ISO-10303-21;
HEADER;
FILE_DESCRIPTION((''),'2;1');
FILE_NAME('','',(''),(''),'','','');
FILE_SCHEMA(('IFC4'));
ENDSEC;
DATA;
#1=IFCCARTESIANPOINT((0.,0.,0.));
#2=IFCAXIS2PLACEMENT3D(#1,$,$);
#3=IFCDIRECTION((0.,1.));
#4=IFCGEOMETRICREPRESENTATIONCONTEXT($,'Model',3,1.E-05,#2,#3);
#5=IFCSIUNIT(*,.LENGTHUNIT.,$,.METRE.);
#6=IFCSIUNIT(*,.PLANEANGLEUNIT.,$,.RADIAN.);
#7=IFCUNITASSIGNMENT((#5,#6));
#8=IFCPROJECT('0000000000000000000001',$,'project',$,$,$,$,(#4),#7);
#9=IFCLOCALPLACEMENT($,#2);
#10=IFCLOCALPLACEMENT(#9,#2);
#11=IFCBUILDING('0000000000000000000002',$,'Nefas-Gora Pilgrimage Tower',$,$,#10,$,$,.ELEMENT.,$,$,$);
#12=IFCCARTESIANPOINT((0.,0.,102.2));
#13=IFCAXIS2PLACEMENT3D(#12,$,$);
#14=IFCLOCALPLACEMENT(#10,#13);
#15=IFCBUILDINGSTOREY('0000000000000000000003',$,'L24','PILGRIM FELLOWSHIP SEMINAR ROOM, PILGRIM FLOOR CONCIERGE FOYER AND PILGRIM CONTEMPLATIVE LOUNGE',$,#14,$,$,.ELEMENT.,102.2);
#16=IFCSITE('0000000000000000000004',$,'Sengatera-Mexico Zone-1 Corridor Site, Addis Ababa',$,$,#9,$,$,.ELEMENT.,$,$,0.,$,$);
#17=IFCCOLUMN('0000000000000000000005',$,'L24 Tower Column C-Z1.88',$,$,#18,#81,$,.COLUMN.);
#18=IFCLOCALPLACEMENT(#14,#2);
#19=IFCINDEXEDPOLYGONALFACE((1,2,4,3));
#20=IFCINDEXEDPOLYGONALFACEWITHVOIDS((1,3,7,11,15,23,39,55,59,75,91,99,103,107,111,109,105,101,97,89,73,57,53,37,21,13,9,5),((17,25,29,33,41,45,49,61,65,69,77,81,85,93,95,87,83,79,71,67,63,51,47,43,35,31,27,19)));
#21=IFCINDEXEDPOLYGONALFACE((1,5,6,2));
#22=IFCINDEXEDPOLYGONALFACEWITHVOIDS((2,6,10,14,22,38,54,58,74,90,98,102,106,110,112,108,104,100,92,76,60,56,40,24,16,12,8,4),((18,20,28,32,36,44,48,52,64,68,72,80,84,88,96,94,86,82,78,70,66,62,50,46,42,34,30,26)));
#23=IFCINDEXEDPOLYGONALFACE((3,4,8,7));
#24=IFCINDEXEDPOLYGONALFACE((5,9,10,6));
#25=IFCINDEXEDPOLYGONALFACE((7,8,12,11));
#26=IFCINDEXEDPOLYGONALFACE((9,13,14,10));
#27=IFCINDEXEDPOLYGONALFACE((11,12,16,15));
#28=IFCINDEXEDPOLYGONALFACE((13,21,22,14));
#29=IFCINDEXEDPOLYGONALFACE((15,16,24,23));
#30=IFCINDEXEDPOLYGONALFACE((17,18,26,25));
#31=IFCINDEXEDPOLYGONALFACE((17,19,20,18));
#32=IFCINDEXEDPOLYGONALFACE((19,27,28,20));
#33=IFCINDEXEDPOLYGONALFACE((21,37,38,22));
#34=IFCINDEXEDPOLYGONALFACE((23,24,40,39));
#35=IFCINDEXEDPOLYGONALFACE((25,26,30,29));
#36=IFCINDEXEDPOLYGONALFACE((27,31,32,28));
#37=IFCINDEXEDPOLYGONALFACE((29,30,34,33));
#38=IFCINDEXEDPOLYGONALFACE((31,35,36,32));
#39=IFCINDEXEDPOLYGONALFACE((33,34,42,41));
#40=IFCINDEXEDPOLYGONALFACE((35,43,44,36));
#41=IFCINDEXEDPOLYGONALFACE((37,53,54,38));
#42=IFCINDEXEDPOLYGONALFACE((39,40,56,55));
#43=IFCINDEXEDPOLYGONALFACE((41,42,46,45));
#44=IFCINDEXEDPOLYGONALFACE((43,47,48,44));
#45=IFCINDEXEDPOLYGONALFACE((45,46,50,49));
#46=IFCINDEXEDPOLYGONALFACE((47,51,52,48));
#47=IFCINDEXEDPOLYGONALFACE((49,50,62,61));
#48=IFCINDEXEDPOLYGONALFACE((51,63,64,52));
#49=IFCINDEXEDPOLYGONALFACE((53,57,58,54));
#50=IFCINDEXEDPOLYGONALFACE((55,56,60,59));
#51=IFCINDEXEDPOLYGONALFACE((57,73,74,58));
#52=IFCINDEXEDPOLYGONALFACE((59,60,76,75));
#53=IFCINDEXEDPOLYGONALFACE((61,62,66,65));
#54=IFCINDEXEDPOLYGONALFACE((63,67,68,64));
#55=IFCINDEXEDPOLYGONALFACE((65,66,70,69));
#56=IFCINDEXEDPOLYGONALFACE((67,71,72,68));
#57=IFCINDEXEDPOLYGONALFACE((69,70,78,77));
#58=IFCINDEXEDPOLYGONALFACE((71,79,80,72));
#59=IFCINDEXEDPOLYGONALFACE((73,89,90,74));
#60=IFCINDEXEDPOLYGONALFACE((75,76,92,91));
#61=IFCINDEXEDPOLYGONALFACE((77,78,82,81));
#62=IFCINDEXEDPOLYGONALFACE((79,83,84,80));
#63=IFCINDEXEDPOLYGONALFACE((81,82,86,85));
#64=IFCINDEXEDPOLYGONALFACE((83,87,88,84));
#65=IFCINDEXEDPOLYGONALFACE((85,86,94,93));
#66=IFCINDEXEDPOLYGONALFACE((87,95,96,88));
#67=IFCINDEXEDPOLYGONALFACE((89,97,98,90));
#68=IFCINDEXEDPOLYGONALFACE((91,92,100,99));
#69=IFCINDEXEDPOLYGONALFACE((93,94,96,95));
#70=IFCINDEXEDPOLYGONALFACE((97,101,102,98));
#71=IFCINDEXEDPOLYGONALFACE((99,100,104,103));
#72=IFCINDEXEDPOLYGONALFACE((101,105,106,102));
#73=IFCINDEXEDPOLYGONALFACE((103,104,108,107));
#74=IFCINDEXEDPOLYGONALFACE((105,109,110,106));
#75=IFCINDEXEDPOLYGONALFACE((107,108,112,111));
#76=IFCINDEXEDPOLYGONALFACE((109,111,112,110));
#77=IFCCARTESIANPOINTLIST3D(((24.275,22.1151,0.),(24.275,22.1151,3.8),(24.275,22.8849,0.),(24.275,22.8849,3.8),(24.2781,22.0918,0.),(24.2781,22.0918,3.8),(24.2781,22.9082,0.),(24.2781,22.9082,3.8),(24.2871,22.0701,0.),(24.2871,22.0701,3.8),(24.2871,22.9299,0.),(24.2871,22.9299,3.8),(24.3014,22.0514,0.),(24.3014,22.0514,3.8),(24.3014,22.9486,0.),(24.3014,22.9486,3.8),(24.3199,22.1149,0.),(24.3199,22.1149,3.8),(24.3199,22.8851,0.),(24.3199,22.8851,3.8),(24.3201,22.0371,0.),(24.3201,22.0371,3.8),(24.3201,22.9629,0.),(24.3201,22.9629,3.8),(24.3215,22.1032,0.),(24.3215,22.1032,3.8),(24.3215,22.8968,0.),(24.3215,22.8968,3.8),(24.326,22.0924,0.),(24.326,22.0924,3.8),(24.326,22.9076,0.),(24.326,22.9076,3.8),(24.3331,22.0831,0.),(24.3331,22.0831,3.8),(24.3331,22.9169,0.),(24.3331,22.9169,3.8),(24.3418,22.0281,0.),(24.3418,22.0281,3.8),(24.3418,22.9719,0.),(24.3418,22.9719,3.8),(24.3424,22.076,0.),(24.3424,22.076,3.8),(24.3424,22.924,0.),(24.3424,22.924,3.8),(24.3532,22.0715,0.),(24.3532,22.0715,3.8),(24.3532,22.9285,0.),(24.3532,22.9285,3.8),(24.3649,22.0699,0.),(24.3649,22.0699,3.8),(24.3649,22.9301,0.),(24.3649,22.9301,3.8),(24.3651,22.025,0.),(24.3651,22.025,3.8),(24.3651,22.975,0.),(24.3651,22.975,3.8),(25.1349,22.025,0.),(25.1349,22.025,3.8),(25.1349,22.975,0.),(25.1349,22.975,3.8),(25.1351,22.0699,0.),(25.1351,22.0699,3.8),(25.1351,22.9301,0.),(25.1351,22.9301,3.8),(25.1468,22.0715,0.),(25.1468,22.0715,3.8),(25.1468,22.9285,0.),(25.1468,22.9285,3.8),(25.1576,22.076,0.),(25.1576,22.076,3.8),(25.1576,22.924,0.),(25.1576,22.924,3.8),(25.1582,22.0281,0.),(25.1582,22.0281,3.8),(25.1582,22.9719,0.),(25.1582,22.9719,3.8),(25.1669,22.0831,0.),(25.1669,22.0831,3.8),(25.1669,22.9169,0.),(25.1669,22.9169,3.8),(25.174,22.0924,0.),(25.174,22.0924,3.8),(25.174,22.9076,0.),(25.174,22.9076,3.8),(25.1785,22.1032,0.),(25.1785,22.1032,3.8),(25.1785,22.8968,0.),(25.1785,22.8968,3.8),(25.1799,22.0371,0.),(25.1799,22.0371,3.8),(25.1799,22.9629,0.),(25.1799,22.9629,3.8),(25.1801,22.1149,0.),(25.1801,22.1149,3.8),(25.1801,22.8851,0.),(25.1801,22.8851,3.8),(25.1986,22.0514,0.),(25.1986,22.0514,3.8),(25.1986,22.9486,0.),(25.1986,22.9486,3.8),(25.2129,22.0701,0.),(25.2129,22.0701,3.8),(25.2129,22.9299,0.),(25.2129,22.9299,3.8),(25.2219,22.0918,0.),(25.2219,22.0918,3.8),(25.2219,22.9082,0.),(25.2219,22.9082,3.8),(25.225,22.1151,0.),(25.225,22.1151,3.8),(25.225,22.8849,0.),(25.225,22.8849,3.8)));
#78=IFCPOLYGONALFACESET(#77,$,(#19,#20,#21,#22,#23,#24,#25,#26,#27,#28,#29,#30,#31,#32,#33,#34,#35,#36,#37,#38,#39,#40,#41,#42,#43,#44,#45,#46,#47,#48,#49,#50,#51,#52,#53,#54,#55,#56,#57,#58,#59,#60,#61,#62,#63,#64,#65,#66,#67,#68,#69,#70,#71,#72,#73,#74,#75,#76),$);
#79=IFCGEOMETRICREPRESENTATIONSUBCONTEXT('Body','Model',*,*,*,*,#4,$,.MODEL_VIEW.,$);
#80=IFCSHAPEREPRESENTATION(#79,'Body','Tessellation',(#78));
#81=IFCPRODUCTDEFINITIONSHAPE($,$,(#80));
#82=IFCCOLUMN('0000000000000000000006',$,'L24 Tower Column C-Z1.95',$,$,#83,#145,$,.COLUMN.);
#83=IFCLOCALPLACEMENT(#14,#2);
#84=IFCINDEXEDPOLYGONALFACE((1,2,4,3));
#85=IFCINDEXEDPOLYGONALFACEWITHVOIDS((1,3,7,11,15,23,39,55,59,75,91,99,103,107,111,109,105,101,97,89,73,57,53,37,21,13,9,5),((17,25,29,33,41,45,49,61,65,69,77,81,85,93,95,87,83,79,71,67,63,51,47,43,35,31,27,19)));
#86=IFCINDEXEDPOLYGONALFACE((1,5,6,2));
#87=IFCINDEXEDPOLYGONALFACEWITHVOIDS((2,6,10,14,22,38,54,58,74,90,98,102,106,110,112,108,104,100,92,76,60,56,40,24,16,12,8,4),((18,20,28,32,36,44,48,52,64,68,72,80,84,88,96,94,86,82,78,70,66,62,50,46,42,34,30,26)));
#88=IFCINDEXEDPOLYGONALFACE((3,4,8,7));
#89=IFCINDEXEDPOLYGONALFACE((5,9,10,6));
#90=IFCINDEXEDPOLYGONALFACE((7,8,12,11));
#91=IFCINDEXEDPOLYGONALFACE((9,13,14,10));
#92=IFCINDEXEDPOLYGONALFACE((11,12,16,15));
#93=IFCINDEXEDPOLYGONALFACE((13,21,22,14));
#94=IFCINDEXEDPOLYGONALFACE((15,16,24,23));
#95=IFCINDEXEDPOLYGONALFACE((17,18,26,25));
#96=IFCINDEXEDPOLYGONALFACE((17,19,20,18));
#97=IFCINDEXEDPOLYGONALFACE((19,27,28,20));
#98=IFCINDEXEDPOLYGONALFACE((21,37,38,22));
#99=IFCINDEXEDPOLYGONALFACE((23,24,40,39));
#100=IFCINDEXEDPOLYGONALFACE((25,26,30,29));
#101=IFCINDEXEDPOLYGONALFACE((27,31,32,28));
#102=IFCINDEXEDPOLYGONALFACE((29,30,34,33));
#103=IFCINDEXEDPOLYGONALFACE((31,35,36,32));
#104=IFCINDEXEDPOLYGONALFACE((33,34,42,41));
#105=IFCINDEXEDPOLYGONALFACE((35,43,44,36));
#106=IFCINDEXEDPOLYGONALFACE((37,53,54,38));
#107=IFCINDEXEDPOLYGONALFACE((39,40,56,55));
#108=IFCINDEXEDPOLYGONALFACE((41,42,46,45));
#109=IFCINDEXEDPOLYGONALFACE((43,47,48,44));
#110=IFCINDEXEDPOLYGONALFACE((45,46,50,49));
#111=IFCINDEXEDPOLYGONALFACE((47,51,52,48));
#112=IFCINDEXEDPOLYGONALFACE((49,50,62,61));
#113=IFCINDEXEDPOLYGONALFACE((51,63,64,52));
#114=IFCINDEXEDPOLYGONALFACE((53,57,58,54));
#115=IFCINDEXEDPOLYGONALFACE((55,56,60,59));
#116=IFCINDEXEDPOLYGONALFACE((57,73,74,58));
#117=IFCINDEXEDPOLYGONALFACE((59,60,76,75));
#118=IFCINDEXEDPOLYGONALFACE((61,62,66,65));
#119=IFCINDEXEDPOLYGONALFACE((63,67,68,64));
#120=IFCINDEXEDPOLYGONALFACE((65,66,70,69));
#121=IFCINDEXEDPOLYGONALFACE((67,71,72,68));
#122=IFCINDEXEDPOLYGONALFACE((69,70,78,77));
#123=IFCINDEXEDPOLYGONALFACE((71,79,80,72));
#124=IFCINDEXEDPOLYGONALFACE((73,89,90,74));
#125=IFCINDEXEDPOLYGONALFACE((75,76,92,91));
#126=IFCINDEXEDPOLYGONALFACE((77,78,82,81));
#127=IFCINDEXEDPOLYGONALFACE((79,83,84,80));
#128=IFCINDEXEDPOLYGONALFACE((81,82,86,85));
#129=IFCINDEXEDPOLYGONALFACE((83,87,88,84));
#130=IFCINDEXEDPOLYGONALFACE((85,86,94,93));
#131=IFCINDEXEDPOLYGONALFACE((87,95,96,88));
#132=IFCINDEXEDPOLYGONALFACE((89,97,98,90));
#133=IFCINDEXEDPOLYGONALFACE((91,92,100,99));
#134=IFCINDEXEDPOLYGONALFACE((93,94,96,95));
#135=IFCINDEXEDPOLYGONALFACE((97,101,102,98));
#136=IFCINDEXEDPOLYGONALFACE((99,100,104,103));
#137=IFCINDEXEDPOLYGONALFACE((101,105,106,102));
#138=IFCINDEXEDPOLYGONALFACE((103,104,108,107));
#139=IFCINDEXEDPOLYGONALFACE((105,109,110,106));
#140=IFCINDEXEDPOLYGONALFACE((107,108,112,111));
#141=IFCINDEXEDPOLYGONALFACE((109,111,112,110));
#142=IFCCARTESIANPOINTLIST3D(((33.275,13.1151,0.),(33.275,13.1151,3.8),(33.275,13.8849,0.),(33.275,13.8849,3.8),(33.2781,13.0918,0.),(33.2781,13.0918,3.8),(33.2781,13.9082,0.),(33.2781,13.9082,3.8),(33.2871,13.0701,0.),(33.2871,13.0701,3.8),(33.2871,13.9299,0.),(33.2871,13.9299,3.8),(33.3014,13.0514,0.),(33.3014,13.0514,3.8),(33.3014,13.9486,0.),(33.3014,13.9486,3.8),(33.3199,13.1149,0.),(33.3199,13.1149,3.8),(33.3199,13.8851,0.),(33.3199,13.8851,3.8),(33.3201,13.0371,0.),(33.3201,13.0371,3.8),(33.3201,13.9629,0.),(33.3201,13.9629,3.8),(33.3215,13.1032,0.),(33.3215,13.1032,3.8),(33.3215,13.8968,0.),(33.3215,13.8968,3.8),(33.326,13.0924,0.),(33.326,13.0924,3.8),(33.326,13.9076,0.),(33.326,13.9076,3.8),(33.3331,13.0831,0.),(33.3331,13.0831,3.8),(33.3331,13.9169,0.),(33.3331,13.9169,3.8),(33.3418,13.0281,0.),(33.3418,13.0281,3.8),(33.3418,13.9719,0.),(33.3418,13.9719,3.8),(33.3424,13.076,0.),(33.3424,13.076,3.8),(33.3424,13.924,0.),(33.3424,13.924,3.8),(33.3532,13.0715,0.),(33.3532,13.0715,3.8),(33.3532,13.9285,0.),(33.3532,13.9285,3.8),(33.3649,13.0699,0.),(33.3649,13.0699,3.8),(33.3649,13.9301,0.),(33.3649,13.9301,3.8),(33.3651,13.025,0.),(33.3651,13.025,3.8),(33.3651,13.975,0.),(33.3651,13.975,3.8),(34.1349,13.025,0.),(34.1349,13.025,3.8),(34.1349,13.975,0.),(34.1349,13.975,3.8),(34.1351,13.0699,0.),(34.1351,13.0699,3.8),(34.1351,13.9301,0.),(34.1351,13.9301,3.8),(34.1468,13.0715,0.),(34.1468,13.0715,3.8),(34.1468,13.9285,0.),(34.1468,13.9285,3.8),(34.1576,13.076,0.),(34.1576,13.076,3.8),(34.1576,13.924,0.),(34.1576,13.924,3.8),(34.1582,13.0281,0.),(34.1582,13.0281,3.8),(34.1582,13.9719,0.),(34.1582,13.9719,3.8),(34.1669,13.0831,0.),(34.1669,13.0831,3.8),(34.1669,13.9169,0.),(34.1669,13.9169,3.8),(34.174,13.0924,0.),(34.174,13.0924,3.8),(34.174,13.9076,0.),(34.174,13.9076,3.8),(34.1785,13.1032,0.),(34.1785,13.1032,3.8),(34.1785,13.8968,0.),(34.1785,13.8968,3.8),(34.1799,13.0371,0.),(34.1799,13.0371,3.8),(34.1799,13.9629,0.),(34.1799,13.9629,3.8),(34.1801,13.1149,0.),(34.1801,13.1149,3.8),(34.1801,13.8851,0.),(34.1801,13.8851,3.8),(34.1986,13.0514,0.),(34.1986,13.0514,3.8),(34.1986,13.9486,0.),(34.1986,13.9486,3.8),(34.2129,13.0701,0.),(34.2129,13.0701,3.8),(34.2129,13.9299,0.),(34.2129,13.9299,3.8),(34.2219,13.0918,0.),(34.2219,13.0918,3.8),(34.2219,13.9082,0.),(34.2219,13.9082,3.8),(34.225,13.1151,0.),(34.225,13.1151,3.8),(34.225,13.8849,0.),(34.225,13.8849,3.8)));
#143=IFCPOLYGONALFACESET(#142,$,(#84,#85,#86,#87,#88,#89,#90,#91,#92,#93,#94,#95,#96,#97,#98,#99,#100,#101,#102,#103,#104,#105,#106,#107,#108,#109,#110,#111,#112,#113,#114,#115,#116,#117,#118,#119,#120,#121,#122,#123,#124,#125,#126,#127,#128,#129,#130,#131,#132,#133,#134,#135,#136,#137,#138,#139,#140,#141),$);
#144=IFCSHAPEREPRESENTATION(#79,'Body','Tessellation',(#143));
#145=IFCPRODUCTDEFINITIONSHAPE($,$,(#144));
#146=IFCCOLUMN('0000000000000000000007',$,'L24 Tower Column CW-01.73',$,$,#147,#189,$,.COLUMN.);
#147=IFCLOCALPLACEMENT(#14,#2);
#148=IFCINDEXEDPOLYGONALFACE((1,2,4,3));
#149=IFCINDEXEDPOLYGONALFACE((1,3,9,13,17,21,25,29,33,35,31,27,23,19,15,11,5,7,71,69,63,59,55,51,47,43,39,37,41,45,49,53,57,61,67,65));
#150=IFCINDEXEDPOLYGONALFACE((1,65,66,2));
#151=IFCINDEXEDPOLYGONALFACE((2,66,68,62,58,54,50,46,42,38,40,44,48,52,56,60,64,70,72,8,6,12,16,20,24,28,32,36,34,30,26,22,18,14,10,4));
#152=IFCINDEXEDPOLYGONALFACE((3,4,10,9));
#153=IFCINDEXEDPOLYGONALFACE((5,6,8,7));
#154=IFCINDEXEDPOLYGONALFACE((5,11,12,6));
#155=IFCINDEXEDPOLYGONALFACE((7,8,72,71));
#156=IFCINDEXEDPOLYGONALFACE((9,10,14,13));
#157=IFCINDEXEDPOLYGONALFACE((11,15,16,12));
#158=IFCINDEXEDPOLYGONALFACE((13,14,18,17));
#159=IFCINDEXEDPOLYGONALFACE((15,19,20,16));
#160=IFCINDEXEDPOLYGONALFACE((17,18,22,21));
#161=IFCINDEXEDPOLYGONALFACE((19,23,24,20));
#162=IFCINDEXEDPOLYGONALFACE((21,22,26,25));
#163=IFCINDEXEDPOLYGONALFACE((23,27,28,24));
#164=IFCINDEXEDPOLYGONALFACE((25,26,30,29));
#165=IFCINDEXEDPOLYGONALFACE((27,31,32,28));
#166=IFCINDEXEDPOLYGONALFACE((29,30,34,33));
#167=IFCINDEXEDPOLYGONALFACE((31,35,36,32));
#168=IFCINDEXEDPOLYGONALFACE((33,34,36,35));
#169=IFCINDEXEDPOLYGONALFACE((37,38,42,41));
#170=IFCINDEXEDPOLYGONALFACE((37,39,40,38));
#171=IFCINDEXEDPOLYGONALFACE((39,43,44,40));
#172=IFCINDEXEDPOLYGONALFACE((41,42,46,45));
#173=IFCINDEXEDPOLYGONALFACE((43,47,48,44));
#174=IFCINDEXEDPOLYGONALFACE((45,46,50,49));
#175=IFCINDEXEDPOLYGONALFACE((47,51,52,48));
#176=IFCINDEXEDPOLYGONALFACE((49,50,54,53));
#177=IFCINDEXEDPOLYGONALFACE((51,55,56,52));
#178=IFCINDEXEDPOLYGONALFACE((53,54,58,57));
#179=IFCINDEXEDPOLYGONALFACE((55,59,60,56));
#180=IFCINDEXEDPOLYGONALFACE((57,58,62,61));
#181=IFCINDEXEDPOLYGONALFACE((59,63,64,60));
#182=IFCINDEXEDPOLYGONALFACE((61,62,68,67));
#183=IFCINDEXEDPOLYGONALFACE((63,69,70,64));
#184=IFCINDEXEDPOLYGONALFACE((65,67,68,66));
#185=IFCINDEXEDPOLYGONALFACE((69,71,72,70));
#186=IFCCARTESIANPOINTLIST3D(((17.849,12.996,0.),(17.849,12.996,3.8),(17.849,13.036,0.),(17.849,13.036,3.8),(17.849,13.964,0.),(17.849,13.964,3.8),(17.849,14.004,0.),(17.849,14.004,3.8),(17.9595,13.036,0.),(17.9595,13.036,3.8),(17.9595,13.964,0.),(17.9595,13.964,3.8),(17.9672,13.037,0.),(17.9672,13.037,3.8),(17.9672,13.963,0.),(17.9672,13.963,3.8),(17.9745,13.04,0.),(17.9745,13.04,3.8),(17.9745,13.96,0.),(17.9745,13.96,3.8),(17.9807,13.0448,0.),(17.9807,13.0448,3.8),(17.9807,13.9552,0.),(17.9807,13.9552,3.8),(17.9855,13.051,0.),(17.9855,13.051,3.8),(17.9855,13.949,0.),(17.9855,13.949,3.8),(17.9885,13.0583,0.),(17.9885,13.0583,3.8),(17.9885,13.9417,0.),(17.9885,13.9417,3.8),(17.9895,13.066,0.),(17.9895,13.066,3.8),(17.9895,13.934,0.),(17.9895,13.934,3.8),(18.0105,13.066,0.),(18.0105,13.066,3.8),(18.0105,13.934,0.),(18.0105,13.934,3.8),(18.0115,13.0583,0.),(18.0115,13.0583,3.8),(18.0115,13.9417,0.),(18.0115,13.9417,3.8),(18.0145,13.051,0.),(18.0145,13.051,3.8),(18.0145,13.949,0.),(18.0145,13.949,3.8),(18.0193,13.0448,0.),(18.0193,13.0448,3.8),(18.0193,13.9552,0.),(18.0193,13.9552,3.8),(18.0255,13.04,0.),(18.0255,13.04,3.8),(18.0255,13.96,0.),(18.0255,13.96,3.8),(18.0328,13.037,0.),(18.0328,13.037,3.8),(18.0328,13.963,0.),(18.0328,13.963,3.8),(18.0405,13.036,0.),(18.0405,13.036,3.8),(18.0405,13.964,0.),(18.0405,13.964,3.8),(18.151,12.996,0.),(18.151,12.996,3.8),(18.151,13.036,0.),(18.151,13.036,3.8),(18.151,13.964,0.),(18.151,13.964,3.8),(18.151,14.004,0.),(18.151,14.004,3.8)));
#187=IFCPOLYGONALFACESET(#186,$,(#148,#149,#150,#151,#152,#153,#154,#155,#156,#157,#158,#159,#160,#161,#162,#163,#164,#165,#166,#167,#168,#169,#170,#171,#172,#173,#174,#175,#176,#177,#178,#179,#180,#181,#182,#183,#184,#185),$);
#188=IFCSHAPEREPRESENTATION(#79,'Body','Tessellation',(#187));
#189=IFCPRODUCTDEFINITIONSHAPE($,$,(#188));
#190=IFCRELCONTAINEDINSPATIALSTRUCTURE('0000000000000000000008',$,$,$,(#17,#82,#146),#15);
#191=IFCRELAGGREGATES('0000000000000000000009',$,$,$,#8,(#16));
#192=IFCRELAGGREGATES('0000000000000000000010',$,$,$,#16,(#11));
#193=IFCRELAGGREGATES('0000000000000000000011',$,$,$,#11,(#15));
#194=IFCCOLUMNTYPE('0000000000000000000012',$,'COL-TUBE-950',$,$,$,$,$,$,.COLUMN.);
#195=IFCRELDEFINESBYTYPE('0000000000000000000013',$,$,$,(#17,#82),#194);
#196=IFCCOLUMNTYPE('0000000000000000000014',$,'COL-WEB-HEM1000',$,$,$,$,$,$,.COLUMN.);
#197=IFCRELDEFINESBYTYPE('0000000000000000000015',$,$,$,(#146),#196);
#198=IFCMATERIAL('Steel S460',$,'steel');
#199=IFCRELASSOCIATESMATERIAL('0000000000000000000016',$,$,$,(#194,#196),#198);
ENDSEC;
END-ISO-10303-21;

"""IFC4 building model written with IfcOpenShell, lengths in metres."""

from ifc_helpers import new_model, si_unit, direction, frame, origin, origin_2d, place, context, subcontext, project, spatial, hollow_rectangle, i_section, extrude, source, transform, mapped, material, material_profile, profile_set, type_object, element, save


model = new_model("IFC4")

# Units and contexts
model_context = context("Model", 3, precision=1e-05, world=origin(), true_north=direction((0.0, 1.0)))
body_context = subcontext(model_context, "Body", "Model", "MODEL_VIEW")
ifc_project = project(units=[si_unit("LENGTHUNIT", "METRE"), si_unit("PLANEANGLEUNIT", "RADIAN")], contexts=[model_context])

# Site, building, storey
site_placement = place(None, origin())
site = spatial("IfcSite", under=ifc_project, at=site_placement, Name="Sengatera-Mexico Zone-1 Corridor Site, Addis Ababa", CompositionType="ELEMENT", RefElevation=0.0)
building_placement = place(site_placement, origin())
building = spatial("IfcBuilding", under=site, at=building_placement, Name="Nefas-Gora Pilgrimage Tower", CompositionType="ELEMENT")
storey_placement = place(building_placement, frame((0.0, 0.0, 102.2)))
storey = spatial("IfcBuildingStorey", under=building, at=storey_placement, Name="L24", Description="PILGRIM FELLOWSHIP SEMINAR ROOM, PILGRIM FLOOR CONCIERGE FOYER AND PILGRIM CONTEMPLATIVE LOUNGE", CompositionType="ELEMENT", Elevation=102.2)

# Columns
ifc_material_1 = material(Name="Steel S460", Category="steel")
ifc_material_profile_1 = material_profile(ifc_material_1, hollow_rectangle(XDim=0.95, YDim=0.95, WallThickness=0.0449, InnerFilletRadius=0.0449, OuterFilletRadius=0.0901, at=origin_2d()), Name="BOX 950x950x45")
ifc_profile_set_1 = profile_set([ifc_material_profile_1], Name="Steel S460")
column_type_1 = type_object("IfcColumnType", Name="COL-TUBE-950", PredefinedType="COLUMN", material=ifc_profile_set_1)
shared_shape_1 = source(origin(), body_context, "Body", "SweptSolid", [
    extrude(hollow_rectangle(XDim=0.95, YDim=0.95, WallThickness=0.0449, InnerFilletRadius=0.0449, OuterFilletRadius=0.0901, at=origin_2d()), origin(), (0.0, 0.0, 1.0), 3.8),
])
for number, where, z_axis, x_axis, name in (
    (1, (24.75, 22.5, 0.0), (0.0, 0.0, 1.0), (1.0, 0.0, 0.0), "L24 Tower Column C-Z1.88"),
    (2, (33.75, 13.5, 0.0), (0.0, 0.0, 1.0), (1.0, 0.0, 0.0), "L24 Tower Column C-Z1.95"),
):
    element("IfcColumn", number, at=place(storey_placement, frame(where, z_axis=z_axis, x_axis=x_axis)), inside=storey, type_object=column_type_1, Name=name, PredefinedType="COLUMN", context=body_context, shape_type="MappedRepresentation", body=[
        mapped(shared_shape_1, transform((0.0, 0.0, 0.0), x_axis=(1.0, 0.0, 0.0), y_axis=(0.0, 1.0, 0.0), z_axis=(0.0, 0.0, 1.0), scale=1.0)),
    ])
ifc_material_profile_2 = material_profile(ifc_material_1, i_section(OverallWidth=0.302, OverallDepth=1.0081, WebThickness=0.021, FlangeThickness=0.04, FilletRadius=0.03, at=origin_2d()), Name="HEM 1000")
ifc_profile_set_2 = profile_set([ifc_material_profile_2], Name="Steel S460")
column_type_2 = type_object("IfcColumnType", Name="COL-WEB-HEM1000", PredefinedType="COLUMN", material=ifc_profile_set_2)
shared_shape_2 = source(origin(), body_context, "Body", "SweptSolid", [
    extrude(i_section(OverallWidth=0.302, OverallDepth=1.0081, WebThickness=0.021, FlangeThickness=0.04, FilletRadius=0.03, at=origin_2d()), origin(), (0.0, 0.0, 1.0), 3.8),
])
for number, where, z_axis, x_axis, name in (
    (3, (18.0, 13.5, 0.0), (0.0, 0.0, 1.0), (1.0, 0.0, 0.0), "L24 Tower Column CW-01.73"),
):
    element("IfcColumn", number, at=place(storey_placement, frame(where, z_axis=z_axis, x_axis=x_axis)), inside=storey, type_object=column_type_2, Name=name, PredefinedType="COLUMN", context=body_context, shape_type="MappedRepresentation", body=[
        mapped(shared_shape_2, transform((0.0, 0.0, 0.0), x_axis=(1.0, 0.0, 0.0), y_axis=(0.0, 1.0, 0.0), z_axis=(0.0, 0.0, 1.0), scale=1.0)),
    ])

save(model, "model.ifc")
